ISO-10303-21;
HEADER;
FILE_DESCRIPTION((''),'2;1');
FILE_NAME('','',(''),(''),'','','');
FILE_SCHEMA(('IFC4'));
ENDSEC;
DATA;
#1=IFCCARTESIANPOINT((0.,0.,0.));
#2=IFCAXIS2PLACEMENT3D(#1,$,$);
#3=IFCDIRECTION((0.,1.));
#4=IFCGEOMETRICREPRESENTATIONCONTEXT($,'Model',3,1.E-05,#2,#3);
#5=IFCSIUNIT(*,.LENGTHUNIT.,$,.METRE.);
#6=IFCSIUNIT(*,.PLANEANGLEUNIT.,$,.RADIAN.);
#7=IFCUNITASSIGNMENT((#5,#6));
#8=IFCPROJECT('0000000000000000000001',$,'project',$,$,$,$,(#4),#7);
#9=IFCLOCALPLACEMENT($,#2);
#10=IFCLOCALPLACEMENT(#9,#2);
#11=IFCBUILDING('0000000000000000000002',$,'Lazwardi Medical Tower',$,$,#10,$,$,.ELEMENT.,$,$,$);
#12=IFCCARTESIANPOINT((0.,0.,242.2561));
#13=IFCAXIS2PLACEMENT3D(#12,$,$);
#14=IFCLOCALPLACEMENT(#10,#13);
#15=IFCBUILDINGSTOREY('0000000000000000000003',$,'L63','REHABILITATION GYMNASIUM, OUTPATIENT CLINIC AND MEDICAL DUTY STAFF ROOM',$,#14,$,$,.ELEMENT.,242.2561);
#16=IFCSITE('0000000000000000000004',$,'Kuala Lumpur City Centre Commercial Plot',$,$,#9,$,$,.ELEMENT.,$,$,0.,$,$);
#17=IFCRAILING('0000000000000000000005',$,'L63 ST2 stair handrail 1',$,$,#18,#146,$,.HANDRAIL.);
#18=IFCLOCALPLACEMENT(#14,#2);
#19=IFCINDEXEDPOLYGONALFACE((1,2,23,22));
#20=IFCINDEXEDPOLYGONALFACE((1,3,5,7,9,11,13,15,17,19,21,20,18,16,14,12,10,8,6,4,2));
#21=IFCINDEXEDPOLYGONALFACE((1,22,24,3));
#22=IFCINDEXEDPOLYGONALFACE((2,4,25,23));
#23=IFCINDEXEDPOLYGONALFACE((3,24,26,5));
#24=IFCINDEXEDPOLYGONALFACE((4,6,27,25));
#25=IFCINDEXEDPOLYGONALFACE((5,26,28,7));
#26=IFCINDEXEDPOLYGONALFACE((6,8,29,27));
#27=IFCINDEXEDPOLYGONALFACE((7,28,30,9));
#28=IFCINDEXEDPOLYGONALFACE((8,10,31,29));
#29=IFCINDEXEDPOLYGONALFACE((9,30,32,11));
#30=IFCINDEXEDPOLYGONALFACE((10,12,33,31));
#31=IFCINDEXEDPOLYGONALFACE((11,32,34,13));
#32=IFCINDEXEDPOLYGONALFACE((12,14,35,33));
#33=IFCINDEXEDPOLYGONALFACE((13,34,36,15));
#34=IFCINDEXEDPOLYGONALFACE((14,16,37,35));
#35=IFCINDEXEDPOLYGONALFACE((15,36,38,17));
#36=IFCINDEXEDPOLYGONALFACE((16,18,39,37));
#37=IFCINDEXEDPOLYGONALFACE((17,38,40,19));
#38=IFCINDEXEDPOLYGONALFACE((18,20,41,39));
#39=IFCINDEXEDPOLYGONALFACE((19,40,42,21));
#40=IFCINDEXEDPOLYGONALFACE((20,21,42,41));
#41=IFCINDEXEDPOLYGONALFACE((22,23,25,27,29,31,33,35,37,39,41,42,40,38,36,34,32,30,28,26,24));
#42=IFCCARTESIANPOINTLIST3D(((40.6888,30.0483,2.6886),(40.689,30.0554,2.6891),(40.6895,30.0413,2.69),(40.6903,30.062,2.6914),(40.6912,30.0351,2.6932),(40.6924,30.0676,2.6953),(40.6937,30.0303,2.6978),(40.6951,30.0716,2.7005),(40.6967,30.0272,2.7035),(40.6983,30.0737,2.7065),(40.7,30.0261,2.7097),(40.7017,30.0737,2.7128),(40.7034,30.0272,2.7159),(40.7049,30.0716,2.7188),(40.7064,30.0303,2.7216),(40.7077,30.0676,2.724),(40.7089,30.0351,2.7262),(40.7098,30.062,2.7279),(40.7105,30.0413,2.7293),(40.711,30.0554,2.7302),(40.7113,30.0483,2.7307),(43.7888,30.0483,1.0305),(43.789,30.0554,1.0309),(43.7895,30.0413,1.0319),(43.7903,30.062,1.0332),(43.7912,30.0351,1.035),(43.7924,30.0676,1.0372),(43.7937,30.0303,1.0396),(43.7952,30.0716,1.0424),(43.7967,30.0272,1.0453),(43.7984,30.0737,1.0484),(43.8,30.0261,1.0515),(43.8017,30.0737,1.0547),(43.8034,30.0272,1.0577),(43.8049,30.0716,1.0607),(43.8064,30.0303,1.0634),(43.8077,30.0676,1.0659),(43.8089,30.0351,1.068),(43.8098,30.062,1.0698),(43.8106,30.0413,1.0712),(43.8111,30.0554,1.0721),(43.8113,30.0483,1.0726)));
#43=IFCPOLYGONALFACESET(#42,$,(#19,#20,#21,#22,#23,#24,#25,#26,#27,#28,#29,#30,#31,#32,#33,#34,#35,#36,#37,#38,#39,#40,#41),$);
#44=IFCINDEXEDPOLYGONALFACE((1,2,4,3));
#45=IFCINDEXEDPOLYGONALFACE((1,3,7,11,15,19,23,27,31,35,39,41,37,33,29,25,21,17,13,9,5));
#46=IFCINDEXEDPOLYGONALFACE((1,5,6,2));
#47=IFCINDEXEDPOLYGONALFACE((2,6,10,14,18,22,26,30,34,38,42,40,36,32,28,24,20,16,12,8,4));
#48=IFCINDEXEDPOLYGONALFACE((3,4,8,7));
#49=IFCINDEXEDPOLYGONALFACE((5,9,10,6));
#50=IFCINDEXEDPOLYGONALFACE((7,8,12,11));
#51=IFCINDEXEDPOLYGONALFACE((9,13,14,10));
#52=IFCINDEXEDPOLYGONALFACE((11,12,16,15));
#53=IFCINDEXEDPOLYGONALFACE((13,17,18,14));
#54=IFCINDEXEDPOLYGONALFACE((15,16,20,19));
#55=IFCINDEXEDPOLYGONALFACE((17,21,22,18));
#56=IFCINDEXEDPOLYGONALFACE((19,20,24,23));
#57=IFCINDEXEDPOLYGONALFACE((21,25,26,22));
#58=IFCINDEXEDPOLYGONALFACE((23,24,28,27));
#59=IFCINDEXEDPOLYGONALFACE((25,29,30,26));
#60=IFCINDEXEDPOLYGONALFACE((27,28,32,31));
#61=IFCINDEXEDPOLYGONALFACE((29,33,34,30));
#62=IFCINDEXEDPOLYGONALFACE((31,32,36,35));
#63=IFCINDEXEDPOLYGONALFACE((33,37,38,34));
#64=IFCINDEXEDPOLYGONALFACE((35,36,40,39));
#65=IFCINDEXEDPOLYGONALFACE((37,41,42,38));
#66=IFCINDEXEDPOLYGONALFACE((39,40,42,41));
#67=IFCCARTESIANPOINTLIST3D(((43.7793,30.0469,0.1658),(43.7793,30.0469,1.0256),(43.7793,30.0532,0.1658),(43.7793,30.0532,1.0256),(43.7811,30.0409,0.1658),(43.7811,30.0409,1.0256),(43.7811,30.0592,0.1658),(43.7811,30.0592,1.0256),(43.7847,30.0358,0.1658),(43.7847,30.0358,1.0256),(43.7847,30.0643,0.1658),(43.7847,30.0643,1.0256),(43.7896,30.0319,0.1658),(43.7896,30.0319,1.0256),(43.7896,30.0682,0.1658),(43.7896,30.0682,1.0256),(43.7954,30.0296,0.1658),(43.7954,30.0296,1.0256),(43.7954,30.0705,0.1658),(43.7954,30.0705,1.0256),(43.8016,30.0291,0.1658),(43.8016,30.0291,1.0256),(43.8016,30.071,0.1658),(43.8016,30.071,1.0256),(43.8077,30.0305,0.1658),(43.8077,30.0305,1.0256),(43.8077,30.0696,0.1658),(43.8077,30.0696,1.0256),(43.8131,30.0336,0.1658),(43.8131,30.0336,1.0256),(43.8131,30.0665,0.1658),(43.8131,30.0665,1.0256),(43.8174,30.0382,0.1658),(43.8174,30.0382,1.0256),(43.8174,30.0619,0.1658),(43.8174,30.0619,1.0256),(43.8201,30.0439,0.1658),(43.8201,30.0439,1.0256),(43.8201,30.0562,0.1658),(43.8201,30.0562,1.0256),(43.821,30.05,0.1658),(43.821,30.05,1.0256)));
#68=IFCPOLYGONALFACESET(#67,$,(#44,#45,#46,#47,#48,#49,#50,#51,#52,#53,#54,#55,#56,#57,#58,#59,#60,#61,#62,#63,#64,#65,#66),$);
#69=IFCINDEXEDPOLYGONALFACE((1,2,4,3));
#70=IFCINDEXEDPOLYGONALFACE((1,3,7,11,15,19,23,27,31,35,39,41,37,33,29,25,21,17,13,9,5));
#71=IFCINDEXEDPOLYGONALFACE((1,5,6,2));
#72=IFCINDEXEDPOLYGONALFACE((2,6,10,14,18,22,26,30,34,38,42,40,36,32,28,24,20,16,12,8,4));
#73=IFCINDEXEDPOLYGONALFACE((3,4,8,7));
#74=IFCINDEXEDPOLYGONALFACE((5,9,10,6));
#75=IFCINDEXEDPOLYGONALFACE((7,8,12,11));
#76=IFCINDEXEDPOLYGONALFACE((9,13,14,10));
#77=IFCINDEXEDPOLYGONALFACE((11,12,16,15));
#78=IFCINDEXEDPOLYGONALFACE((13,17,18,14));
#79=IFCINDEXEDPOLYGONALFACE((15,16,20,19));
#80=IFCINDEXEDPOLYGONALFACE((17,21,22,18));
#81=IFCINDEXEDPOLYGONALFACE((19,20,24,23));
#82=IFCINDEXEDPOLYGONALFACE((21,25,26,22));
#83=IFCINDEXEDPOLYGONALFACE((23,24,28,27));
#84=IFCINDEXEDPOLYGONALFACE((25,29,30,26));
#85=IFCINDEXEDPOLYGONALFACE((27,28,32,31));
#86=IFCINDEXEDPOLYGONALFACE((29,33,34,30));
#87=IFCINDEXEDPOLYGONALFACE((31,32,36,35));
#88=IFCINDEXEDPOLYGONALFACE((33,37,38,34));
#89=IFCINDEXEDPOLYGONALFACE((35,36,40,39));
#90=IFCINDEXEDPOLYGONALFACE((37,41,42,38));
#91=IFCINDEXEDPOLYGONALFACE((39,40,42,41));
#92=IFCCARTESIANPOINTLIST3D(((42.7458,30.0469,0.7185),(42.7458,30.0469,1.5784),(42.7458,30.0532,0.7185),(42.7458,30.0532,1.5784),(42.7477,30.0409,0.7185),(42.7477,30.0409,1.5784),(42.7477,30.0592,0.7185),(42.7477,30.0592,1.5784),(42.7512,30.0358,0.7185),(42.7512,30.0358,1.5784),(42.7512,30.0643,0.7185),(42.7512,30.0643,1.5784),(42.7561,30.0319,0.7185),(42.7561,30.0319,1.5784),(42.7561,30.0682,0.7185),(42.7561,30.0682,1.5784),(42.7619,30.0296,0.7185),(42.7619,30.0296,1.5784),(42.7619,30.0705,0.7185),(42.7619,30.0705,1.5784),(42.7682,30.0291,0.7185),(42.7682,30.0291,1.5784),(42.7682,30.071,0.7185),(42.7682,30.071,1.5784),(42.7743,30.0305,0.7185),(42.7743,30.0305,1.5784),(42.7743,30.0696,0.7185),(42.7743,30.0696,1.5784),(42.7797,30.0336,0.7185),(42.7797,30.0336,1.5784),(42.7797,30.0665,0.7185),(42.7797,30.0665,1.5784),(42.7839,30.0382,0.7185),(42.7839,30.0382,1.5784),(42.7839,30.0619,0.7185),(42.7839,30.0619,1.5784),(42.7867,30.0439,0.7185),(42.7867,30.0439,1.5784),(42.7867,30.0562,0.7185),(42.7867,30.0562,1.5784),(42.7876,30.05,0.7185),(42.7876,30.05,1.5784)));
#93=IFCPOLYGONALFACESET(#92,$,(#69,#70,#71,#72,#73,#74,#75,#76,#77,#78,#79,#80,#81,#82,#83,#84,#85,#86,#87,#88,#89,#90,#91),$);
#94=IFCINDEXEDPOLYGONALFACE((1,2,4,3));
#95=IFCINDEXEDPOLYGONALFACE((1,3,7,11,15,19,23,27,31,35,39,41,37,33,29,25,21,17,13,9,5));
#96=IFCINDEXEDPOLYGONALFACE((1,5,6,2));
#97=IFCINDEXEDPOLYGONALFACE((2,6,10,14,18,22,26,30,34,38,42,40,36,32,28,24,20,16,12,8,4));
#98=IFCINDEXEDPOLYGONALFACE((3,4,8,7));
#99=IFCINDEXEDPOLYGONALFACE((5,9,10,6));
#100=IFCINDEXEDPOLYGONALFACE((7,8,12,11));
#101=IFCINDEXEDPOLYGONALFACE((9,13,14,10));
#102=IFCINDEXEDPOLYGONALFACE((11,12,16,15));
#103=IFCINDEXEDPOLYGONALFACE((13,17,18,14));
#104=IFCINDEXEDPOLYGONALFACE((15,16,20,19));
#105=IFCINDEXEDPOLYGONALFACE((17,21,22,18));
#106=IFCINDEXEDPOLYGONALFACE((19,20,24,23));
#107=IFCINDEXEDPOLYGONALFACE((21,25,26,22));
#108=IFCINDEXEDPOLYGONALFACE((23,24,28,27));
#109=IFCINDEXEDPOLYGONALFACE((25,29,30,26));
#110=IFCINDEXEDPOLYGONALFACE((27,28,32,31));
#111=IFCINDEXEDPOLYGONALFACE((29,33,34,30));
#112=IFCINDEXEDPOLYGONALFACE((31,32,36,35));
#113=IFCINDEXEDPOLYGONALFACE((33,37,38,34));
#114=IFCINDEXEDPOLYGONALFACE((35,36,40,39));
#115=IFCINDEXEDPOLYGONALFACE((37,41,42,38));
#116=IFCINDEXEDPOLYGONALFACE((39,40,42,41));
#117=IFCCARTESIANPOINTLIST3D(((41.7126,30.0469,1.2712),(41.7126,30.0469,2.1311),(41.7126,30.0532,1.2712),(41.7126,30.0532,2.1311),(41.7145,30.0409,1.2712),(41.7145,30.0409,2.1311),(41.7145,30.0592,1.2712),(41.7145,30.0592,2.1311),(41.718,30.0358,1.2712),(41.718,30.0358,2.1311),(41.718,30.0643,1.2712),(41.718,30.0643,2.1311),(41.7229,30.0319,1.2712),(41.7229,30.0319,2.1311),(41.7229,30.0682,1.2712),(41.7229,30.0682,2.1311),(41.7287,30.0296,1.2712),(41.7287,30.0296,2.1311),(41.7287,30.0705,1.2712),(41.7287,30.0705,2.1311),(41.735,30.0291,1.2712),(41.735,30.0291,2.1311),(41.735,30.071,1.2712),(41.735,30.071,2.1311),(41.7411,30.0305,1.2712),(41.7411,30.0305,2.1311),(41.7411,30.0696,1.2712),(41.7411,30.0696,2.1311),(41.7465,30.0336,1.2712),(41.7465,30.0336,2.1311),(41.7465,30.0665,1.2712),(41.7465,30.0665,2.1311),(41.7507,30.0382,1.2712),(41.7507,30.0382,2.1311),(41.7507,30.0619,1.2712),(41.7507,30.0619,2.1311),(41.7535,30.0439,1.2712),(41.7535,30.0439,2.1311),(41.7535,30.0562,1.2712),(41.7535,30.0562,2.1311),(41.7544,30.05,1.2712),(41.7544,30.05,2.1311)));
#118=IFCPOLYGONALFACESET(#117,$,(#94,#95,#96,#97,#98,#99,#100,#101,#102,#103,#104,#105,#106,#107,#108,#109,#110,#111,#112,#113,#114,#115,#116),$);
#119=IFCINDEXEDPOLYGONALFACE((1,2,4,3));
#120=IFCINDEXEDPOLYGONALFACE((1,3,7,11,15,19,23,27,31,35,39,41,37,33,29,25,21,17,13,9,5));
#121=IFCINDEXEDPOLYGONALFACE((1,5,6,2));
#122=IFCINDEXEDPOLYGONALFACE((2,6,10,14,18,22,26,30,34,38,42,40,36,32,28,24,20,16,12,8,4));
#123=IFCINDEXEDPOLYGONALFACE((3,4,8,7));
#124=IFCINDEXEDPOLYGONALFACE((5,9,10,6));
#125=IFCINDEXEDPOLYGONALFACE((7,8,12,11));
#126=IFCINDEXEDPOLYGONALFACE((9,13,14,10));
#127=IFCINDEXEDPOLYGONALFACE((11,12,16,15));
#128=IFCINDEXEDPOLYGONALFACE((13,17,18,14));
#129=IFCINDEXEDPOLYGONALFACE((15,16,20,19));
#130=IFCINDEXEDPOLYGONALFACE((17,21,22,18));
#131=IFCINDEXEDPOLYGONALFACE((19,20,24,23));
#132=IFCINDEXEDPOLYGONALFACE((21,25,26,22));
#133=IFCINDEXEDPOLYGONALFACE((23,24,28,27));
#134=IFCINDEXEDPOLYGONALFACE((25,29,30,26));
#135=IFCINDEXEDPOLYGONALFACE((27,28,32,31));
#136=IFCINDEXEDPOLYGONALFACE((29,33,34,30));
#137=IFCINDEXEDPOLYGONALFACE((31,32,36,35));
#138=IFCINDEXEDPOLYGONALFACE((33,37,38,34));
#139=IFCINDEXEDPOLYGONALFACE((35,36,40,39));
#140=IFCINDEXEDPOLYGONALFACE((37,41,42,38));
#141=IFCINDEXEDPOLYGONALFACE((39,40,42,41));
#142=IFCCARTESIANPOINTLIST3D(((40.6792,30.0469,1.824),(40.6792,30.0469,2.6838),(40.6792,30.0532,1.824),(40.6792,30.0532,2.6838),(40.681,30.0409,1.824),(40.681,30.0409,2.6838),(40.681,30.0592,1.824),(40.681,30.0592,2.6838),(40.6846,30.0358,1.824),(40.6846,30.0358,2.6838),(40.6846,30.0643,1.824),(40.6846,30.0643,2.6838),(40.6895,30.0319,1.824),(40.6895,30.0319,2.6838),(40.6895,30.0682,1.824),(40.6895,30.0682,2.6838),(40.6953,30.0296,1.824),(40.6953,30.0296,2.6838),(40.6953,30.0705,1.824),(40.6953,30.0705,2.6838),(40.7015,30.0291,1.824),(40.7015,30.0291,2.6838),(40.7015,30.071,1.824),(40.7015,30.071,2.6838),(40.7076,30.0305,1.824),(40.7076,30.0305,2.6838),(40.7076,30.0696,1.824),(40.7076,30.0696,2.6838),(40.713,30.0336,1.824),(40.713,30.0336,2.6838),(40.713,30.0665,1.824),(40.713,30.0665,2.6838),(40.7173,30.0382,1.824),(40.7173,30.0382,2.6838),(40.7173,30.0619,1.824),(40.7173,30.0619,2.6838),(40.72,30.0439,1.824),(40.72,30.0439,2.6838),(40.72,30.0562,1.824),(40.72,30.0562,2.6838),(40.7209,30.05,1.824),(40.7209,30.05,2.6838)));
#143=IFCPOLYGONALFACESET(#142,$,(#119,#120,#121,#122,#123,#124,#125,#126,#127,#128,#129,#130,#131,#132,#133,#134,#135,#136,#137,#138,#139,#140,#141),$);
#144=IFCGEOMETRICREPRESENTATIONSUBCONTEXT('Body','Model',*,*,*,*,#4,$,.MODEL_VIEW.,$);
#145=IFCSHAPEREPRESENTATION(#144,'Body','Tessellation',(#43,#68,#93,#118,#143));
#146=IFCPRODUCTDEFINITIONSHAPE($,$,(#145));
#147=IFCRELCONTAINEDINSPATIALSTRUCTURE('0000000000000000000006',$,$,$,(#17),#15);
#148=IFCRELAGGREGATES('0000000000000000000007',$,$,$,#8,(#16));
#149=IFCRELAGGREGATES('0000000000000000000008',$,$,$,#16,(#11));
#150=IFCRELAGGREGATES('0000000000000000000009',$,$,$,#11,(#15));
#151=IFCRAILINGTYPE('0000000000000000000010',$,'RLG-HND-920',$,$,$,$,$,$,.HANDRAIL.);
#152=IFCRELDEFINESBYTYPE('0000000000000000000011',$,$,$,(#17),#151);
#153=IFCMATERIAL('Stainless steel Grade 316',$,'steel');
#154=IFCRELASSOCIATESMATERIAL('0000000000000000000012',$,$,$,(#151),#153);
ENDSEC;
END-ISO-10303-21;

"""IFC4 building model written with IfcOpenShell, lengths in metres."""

from ifc_helpers import new_model, si_unit, direction, frame, origin, origin_2d, place, context, subcontext, project, spatial, circle, extrude, material, type_object, element, save


model = new_model("IFC4")

# Units and contexts
model_context = context("Model", 3, precision=1e-05, world=origin(), true_north=direction((0.0, 1.0)))
body_context = subcontext(model_context, "Body", "Model", "MODEL_VIEW")
ifc_project = project(units=[si_unit("LENGTHUNIT", "METRE"), si_unit("PLANEANGLEUNIT", "RADIAN")], contexts=[model_context])

# Site, building, storey
site_placement = place(None, origin())
site = spatial("IfcSite", under=ifc_project, at=site_placement, Name="Kuala Lumpur City Centre Commercial Plot", CompositionType="ELEMENT", RefElevation=0.0)
building_placement = place(site_placement, origin())
building = spatial("IfcBuilding", under=site, at=building_placement, Name="Lazwardi Medical Tower", CompositionType="ELEMENT")
storey_placement = place(building_placement, frame((0.0, 0.0, 242.2561)))
storey = spatial("IfcBuildingStorey", under=building, at=storey_placement, Name="L63", Description="REHABILITATION GYMNASIUM, OUTPATIENT CLINIC AND MEDICAL DUTY STAFF ROOM", CompositionType="ELEMENT", Elevation=242.2561)

# Railing
ifc_material_1 = material(Name="Stainless steel Grade 316", Category="steel")
railing_type_1 = type_object("IfcRailingType", Name="RLG-HND-920", PredefinedType="HANDRAIL", material=ifc_material_1)
railing_1_placement = place(storey_placement, frame((43.8, 30.05, 0.1658)))
element("IfcRailing", 1, at=railing_1_placement, inside=storey, type_object=railing_type_1, Name="L63 ST2 stair handrail 1", PredefinedType="HANDRAIL", context=body_context, shape_type="SweptSolid", body=[
    extrude(circle(Radius=0.0239, at=origin_2d()), frame((0.0, 0.0, 0.8857), z_axis=(-0.881783, 0.0, 0.471655), x_axis=(0.0, -1.0, 0.0)), (0.0, 0.0, 1.0), 3.5156),
    extrude(circle(Radius=0.021, at=origin_2d()), origin(), (0.0, 0.0, 1.0), 0.8599),
    extrude(circle(Radius=0.021, at=origin_2d()), frame((-1.0334, 0.0, 0.5527)), (0.0, 0.0, 1.0), 0.8599),
    extrude(circle(Radius=0.021, at=origin_2d()), frame((-2.0667, 0.0, 1.1055)), (0.0, 0.0, 1.0), 0.8599),
    extrude(circle(Radius=0.021, at=origin_2d()), frame((-3.1001, 0.0, 1.6582)), (0.0, 0.0, 1.0), 0.8599),
])

save(model, "model.ifc")
